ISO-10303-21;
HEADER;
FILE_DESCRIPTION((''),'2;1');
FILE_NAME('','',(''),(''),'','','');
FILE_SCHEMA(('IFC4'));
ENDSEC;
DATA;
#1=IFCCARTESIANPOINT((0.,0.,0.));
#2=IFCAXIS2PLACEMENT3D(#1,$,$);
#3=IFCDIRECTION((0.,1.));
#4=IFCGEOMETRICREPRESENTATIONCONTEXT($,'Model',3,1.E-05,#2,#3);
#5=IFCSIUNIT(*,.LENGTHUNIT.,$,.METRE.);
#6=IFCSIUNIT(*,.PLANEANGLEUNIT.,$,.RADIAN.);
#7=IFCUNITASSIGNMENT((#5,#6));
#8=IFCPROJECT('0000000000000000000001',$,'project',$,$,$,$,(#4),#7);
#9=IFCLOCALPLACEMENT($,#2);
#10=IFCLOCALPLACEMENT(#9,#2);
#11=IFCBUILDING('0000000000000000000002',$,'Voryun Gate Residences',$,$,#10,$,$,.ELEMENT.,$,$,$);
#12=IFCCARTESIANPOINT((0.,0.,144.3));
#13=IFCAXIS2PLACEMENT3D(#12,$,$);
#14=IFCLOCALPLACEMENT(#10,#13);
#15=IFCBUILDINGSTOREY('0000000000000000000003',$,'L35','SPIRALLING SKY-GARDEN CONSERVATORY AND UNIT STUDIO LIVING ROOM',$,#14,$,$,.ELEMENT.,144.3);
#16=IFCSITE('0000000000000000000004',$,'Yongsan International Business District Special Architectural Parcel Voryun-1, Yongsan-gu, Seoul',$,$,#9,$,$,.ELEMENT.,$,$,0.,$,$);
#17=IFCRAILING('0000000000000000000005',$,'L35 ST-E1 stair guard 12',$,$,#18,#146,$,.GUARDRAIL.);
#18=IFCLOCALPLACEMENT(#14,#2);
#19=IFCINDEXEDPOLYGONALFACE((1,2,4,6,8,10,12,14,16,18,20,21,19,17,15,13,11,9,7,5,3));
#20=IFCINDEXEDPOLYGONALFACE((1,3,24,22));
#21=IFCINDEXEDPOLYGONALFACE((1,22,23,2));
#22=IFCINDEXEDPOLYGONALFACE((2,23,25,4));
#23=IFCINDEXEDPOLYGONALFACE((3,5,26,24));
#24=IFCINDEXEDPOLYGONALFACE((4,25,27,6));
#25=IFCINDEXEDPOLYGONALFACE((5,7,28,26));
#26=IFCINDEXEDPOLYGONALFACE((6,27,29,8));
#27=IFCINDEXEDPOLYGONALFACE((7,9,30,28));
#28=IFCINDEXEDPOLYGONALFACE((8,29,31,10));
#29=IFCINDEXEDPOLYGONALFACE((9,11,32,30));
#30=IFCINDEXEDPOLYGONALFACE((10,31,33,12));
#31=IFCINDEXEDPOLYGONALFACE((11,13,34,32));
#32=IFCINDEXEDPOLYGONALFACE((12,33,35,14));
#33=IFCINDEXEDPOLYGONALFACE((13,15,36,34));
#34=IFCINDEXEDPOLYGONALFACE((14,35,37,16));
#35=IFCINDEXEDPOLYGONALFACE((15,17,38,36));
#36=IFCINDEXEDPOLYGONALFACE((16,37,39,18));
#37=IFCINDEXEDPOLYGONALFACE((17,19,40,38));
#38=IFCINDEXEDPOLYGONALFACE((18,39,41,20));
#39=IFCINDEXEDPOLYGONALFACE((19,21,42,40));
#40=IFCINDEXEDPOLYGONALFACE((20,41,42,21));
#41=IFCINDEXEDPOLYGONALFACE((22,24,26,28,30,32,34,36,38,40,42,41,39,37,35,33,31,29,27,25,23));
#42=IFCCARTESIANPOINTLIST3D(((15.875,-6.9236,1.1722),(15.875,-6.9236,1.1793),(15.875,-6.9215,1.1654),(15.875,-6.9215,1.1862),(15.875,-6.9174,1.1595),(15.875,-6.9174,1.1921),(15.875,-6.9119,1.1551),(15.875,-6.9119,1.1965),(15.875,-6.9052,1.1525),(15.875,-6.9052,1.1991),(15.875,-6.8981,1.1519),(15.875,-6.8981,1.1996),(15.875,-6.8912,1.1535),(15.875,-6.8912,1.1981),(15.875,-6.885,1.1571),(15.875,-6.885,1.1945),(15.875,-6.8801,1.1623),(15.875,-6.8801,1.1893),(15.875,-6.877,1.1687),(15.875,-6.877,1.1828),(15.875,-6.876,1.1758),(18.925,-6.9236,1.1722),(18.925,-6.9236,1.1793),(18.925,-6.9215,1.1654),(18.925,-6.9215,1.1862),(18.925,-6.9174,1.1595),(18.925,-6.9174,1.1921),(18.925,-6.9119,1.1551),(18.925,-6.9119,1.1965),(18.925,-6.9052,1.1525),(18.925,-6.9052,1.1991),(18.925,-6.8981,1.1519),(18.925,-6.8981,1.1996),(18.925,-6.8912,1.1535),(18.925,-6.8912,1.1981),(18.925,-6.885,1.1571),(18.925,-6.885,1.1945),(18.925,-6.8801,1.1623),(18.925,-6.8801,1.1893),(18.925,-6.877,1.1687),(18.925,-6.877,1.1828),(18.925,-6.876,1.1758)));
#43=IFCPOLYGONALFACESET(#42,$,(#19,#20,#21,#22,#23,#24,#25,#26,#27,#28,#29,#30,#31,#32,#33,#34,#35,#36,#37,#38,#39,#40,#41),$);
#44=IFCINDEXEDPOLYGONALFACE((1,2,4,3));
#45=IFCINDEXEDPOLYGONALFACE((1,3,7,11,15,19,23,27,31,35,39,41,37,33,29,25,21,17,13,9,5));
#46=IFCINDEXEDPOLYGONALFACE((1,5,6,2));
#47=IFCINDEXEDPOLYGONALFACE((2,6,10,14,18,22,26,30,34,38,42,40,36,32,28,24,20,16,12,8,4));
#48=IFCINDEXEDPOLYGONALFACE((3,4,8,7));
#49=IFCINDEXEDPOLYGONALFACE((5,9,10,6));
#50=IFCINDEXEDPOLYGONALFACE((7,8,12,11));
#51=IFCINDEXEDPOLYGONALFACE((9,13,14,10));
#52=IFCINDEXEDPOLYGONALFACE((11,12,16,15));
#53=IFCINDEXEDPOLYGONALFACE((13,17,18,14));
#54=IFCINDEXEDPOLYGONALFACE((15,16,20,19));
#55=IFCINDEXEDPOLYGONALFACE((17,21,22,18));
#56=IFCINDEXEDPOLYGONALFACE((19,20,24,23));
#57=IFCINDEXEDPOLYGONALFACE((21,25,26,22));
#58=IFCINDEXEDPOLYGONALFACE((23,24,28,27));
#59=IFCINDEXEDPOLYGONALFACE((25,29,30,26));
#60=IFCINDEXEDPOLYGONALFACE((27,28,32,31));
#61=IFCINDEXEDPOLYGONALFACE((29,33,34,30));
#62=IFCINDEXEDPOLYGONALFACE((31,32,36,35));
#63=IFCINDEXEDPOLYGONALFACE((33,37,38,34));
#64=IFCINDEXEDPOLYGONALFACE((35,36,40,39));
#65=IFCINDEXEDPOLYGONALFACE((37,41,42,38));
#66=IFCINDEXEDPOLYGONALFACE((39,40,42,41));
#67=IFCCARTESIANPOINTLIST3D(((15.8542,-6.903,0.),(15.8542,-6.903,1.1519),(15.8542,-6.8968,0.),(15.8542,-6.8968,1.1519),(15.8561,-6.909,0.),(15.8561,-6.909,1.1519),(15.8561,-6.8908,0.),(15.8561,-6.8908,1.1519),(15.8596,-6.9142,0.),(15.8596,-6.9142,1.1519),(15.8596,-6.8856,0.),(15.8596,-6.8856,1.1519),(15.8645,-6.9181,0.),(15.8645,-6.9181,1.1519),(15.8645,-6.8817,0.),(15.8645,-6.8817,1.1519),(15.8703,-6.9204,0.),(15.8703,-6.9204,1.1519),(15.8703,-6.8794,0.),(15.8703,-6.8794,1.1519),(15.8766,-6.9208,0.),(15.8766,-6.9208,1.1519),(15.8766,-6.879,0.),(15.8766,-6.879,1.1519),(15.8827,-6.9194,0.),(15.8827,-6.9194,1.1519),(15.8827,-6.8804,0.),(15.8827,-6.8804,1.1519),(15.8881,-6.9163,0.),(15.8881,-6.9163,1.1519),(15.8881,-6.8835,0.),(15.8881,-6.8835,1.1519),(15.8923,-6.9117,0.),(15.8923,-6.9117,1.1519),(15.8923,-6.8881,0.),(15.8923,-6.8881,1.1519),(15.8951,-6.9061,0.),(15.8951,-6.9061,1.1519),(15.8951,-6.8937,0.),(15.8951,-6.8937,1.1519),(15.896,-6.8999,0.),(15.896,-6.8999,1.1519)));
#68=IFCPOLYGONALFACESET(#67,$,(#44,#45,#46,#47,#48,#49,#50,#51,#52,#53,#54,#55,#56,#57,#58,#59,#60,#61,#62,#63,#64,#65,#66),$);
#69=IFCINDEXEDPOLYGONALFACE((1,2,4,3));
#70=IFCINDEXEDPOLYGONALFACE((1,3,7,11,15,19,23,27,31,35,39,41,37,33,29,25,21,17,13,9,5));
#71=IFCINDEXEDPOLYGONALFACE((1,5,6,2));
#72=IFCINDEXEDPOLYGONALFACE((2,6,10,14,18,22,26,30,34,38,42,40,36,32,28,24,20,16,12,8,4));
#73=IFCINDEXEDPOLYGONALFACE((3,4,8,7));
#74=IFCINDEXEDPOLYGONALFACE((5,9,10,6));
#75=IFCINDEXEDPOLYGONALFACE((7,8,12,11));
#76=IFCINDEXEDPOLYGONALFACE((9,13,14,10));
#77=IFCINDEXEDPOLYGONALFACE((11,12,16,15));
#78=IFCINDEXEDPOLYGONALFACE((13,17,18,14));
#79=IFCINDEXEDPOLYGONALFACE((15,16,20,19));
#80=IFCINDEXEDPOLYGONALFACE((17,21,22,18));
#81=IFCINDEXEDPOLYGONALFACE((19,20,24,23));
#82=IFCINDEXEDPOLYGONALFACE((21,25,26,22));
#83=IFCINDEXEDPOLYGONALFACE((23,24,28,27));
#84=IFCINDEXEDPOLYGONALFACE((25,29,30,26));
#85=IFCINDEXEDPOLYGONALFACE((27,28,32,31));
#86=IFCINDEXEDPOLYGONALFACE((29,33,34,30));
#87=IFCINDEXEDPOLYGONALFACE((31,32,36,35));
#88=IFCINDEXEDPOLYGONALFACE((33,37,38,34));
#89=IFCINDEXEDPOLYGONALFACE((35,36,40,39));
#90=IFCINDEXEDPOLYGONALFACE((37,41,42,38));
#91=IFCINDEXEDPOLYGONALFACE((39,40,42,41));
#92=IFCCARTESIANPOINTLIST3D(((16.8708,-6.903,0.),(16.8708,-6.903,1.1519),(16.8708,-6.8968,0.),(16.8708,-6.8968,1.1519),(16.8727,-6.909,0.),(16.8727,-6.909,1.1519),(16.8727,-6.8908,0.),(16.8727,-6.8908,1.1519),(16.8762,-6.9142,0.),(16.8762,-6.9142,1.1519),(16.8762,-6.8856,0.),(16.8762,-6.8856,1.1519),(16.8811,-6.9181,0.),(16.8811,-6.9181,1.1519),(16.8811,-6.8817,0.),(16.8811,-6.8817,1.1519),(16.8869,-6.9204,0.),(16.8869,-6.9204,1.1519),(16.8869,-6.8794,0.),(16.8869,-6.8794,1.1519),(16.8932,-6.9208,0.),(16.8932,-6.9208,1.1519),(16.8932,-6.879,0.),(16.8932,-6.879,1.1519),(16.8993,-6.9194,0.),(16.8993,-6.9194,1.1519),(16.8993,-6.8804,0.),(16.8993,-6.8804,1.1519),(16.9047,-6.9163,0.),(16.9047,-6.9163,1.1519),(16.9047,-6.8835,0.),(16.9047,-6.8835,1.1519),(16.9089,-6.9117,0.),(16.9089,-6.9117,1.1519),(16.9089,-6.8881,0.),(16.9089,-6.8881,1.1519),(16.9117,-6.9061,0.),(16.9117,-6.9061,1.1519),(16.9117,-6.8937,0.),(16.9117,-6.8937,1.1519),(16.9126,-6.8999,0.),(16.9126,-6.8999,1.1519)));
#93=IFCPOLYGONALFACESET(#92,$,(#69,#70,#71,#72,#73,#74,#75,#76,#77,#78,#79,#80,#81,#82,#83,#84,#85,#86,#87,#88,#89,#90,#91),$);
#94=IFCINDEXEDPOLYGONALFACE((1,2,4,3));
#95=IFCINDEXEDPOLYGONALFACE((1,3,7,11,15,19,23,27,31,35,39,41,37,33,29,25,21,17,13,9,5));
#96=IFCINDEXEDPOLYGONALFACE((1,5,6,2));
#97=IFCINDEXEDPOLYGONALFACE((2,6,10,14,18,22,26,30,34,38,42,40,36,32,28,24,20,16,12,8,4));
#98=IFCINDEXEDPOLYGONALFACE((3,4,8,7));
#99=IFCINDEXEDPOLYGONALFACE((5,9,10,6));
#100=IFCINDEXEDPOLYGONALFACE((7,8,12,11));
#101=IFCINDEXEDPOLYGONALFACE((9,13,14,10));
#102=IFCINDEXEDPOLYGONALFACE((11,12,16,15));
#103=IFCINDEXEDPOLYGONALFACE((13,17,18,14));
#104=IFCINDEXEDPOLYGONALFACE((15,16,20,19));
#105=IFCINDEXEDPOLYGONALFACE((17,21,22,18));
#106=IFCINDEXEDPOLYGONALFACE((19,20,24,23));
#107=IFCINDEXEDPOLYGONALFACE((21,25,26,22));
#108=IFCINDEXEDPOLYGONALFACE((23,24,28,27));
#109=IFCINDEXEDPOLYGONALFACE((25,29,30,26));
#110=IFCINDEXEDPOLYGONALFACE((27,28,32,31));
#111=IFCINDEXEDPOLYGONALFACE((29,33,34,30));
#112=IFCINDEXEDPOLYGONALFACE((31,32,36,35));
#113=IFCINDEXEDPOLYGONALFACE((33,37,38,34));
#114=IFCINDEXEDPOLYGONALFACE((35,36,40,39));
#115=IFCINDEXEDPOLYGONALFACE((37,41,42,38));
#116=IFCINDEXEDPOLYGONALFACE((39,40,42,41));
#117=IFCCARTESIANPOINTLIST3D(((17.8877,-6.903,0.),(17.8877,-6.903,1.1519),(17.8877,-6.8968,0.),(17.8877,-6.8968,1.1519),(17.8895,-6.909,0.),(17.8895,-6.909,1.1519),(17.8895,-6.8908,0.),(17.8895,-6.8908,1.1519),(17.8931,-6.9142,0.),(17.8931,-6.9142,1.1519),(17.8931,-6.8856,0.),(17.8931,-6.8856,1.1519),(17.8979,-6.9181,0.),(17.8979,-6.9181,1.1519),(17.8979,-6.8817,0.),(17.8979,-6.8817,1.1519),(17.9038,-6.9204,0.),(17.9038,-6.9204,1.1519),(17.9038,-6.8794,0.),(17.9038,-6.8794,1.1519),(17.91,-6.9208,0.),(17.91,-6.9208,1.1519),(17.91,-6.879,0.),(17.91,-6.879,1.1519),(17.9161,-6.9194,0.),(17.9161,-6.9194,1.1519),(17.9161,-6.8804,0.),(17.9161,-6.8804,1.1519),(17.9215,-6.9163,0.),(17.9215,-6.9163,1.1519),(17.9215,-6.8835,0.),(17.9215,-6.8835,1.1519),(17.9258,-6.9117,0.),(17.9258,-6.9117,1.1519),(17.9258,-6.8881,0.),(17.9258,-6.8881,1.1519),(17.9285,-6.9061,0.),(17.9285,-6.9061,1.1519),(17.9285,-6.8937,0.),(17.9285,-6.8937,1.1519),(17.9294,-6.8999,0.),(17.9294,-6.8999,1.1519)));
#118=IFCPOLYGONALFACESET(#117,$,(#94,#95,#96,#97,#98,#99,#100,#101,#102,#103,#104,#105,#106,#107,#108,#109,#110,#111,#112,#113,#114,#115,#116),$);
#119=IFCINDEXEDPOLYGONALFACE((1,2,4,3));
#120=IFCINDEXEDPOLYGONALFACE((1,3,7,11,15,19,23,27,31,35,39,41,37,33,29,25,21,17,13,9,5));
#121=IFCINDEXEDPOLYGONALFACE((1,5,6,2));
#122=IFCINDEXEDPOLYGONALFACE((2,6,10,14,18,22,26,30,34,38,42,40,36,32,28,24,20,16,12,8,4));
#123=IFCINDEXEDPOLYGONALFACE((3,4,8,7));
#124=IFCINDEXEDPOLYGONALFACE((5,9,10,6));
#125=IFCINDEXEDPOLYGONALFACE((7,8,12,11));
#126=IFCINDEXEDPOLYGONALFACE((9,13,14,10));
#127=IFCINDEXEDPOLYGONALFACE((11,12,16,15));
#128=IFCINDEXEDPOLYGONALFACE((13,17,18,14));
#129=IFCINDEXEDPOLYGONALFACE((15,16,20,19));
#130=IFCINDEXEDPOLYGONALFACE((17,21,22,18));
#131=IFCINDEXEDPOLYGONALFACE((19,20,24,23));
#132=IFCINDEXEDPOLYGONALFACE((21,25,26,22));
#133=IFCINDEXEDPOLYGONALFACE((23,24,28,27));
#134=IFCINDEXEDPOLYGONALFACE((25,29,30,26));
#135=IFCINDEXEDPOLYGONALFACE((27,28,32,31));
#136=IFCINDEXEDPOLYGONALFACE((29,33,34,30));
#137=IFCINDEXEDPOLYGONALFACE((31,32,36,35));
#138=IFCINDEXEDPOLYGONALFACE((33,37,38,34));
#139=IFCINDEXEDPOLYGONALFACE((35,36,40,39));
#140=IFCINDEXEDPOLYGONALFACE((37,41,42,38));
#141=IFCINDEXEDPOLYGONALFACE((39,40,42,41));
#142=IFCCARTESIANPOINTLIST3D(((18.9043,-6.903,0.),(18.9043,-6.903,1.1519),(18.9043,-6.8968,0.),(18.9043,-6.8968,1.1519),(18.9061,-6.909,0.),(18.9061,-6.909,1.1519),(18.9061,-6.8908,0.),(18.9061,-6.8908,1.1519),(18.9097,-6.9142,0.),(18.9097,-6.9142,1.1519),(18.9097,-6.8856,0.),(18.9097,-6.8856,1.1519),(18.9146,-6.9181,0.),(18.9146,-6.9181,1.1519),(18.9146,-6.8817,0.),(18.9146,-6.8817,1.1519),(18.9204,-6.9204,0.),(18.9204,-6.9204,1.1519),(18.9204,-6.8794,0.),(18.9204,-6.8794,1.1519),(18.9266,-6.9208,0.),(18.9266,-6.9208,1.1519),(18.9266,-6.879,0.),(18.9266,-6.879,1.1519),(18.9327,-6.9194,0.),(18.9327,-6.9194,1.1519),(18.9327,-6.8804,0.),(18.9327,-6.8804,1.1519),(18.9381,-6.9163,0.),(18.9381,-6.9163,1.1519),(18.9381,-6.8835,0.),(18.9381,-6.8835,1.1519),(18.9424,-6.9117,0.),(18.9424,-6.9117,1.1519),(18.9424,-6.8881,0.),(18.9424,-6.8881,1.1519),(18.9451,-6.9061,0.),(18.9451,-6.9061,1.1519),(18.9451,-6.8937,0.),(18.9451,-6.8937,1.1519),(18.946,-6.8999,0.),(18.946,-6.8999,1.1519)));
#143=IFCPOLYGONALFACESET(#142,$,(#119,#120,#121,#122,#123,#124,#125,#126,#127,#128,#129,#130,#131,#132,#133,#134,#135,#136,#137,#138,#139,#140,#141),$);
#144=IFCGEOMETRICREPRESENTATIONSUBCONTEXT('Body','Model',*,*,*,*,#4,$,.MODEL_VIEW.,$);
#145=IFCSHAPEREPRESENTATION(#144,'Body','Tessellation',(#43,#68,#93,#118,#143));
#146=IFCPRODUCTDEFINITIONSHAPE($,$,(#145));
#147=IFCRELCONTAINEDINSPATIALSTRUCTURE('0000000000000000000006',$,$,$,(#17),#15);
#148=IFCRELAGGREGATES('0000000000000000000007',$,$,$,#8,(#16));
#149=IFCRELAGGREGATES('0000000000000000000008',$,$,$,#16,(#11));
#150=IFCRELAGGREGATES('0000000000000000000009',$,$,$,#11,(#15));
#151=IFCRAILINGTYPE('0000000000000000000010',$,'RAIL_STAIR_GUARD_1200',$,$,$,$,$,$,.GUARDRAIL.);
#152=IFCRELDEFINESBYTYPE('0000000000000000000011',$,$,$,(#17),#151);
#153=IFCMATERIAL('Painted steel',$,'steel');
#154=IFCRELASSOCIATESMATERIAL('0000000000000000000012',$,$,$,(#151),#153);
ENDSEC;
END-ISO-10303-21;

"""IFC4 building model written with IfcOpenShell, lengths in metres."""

from ifc_helpers import new_model, si_unit, direction, frame, origin, origin_2d, place, context, subcontext, project, spatial, circle, extrude, material, type_object, element, save


model = new_model("IFC4")

# Units and contexts
model_context = context("Model", 3, precision=1e-05, world=origin(), true_north=direction((0.0, 1.0)))
body_context = subcontext(model_context, "Body", "Model", "MODEL_VIEW")
ifc_project = project(units=[si_unit("LENGTHUNIT", "METRE"), si_unit("PLANEANGLEUNIT", "RADIAN")], contexts=[model_context])

# Site, building, storey
site_placement = place(None, origin())
site = spatial("IfcSite", under=ifc_project, at=site_placement, Name="Yongsan International Business District Special Architectural Parcel Voryun-1, Yongsan-gu, Seoul", CompositionType="ELEMENT", RefElevation=0.0)
building_placement = place(site_placement, origin())
building = spatial("IfcBuilding", under=site, at=building_placement, Name="Voryun Gate Residences", CompositionType="ELEMENT")
storey_placement = place(building_placement, frame((0.0, 0.0, 144.3)))
storey = spatial("IfcBuildingStorey", under=building, at=storey_placement, Name="L35", Description="SPIRALLING SKY-GARDEN CONSERVATORY AND UNIT STUDIO LIVING ROOM", CompositionType="ELEMENT", Elevation=144.3)

# Railing
ifc_material_1 = material(Name="Painted steel", Category="steel")
railing_type_1 = type_object("IfcRailingType", Name="RAIL_STAIR_GUARD_1200", PredefinedType="GUARDRAIL", material=ifc_material_1)
railing_1_placement = place(storey_placement, frame((15.875, -6.8999, 0.0)))
element("IfcRailing", 1, at=railing_1_placement, inside=storey, type_object=railing_type_1, Name="L35 ST-E1 stair guard 12", PredefinedType="GUARDRAIL", context=body_context, shape_type="SweptSolid", body=[
    extrude(circle(Radius=0.0239, at=origin_2d()), frame((0.0, 0.0, 1.1758), z_axis=(1.0, 0.0, 0.0), x_axis=(0.0, 1.0, 0.0)), (0.0, 0.0, 1.0), 3.05),
    extrude(circle(Radius=0.021, at=origin_2d()), origin(), (0.0, 0.0, 1.0), 1.1519),
    extrude(circle(Radius=0.021, at=origin_2d()), frame((1.0166, 0.0, 0.0)), (0.0, 0.0, 1.0), 1.1519),
    extrude(circle(Radius=0.021, at=origin_2d()), frame((2.0334, 0.0, 0.0)), (0.0, 0.0, 1.0), 1.1519),
    extrude(circle(Radius=0.021, at=origin_2d()), frame((3.05, 0.0, 0.0)), (0.0, 0.0, 1.0), 1.1519),
])

save(model, "model.ifc")
